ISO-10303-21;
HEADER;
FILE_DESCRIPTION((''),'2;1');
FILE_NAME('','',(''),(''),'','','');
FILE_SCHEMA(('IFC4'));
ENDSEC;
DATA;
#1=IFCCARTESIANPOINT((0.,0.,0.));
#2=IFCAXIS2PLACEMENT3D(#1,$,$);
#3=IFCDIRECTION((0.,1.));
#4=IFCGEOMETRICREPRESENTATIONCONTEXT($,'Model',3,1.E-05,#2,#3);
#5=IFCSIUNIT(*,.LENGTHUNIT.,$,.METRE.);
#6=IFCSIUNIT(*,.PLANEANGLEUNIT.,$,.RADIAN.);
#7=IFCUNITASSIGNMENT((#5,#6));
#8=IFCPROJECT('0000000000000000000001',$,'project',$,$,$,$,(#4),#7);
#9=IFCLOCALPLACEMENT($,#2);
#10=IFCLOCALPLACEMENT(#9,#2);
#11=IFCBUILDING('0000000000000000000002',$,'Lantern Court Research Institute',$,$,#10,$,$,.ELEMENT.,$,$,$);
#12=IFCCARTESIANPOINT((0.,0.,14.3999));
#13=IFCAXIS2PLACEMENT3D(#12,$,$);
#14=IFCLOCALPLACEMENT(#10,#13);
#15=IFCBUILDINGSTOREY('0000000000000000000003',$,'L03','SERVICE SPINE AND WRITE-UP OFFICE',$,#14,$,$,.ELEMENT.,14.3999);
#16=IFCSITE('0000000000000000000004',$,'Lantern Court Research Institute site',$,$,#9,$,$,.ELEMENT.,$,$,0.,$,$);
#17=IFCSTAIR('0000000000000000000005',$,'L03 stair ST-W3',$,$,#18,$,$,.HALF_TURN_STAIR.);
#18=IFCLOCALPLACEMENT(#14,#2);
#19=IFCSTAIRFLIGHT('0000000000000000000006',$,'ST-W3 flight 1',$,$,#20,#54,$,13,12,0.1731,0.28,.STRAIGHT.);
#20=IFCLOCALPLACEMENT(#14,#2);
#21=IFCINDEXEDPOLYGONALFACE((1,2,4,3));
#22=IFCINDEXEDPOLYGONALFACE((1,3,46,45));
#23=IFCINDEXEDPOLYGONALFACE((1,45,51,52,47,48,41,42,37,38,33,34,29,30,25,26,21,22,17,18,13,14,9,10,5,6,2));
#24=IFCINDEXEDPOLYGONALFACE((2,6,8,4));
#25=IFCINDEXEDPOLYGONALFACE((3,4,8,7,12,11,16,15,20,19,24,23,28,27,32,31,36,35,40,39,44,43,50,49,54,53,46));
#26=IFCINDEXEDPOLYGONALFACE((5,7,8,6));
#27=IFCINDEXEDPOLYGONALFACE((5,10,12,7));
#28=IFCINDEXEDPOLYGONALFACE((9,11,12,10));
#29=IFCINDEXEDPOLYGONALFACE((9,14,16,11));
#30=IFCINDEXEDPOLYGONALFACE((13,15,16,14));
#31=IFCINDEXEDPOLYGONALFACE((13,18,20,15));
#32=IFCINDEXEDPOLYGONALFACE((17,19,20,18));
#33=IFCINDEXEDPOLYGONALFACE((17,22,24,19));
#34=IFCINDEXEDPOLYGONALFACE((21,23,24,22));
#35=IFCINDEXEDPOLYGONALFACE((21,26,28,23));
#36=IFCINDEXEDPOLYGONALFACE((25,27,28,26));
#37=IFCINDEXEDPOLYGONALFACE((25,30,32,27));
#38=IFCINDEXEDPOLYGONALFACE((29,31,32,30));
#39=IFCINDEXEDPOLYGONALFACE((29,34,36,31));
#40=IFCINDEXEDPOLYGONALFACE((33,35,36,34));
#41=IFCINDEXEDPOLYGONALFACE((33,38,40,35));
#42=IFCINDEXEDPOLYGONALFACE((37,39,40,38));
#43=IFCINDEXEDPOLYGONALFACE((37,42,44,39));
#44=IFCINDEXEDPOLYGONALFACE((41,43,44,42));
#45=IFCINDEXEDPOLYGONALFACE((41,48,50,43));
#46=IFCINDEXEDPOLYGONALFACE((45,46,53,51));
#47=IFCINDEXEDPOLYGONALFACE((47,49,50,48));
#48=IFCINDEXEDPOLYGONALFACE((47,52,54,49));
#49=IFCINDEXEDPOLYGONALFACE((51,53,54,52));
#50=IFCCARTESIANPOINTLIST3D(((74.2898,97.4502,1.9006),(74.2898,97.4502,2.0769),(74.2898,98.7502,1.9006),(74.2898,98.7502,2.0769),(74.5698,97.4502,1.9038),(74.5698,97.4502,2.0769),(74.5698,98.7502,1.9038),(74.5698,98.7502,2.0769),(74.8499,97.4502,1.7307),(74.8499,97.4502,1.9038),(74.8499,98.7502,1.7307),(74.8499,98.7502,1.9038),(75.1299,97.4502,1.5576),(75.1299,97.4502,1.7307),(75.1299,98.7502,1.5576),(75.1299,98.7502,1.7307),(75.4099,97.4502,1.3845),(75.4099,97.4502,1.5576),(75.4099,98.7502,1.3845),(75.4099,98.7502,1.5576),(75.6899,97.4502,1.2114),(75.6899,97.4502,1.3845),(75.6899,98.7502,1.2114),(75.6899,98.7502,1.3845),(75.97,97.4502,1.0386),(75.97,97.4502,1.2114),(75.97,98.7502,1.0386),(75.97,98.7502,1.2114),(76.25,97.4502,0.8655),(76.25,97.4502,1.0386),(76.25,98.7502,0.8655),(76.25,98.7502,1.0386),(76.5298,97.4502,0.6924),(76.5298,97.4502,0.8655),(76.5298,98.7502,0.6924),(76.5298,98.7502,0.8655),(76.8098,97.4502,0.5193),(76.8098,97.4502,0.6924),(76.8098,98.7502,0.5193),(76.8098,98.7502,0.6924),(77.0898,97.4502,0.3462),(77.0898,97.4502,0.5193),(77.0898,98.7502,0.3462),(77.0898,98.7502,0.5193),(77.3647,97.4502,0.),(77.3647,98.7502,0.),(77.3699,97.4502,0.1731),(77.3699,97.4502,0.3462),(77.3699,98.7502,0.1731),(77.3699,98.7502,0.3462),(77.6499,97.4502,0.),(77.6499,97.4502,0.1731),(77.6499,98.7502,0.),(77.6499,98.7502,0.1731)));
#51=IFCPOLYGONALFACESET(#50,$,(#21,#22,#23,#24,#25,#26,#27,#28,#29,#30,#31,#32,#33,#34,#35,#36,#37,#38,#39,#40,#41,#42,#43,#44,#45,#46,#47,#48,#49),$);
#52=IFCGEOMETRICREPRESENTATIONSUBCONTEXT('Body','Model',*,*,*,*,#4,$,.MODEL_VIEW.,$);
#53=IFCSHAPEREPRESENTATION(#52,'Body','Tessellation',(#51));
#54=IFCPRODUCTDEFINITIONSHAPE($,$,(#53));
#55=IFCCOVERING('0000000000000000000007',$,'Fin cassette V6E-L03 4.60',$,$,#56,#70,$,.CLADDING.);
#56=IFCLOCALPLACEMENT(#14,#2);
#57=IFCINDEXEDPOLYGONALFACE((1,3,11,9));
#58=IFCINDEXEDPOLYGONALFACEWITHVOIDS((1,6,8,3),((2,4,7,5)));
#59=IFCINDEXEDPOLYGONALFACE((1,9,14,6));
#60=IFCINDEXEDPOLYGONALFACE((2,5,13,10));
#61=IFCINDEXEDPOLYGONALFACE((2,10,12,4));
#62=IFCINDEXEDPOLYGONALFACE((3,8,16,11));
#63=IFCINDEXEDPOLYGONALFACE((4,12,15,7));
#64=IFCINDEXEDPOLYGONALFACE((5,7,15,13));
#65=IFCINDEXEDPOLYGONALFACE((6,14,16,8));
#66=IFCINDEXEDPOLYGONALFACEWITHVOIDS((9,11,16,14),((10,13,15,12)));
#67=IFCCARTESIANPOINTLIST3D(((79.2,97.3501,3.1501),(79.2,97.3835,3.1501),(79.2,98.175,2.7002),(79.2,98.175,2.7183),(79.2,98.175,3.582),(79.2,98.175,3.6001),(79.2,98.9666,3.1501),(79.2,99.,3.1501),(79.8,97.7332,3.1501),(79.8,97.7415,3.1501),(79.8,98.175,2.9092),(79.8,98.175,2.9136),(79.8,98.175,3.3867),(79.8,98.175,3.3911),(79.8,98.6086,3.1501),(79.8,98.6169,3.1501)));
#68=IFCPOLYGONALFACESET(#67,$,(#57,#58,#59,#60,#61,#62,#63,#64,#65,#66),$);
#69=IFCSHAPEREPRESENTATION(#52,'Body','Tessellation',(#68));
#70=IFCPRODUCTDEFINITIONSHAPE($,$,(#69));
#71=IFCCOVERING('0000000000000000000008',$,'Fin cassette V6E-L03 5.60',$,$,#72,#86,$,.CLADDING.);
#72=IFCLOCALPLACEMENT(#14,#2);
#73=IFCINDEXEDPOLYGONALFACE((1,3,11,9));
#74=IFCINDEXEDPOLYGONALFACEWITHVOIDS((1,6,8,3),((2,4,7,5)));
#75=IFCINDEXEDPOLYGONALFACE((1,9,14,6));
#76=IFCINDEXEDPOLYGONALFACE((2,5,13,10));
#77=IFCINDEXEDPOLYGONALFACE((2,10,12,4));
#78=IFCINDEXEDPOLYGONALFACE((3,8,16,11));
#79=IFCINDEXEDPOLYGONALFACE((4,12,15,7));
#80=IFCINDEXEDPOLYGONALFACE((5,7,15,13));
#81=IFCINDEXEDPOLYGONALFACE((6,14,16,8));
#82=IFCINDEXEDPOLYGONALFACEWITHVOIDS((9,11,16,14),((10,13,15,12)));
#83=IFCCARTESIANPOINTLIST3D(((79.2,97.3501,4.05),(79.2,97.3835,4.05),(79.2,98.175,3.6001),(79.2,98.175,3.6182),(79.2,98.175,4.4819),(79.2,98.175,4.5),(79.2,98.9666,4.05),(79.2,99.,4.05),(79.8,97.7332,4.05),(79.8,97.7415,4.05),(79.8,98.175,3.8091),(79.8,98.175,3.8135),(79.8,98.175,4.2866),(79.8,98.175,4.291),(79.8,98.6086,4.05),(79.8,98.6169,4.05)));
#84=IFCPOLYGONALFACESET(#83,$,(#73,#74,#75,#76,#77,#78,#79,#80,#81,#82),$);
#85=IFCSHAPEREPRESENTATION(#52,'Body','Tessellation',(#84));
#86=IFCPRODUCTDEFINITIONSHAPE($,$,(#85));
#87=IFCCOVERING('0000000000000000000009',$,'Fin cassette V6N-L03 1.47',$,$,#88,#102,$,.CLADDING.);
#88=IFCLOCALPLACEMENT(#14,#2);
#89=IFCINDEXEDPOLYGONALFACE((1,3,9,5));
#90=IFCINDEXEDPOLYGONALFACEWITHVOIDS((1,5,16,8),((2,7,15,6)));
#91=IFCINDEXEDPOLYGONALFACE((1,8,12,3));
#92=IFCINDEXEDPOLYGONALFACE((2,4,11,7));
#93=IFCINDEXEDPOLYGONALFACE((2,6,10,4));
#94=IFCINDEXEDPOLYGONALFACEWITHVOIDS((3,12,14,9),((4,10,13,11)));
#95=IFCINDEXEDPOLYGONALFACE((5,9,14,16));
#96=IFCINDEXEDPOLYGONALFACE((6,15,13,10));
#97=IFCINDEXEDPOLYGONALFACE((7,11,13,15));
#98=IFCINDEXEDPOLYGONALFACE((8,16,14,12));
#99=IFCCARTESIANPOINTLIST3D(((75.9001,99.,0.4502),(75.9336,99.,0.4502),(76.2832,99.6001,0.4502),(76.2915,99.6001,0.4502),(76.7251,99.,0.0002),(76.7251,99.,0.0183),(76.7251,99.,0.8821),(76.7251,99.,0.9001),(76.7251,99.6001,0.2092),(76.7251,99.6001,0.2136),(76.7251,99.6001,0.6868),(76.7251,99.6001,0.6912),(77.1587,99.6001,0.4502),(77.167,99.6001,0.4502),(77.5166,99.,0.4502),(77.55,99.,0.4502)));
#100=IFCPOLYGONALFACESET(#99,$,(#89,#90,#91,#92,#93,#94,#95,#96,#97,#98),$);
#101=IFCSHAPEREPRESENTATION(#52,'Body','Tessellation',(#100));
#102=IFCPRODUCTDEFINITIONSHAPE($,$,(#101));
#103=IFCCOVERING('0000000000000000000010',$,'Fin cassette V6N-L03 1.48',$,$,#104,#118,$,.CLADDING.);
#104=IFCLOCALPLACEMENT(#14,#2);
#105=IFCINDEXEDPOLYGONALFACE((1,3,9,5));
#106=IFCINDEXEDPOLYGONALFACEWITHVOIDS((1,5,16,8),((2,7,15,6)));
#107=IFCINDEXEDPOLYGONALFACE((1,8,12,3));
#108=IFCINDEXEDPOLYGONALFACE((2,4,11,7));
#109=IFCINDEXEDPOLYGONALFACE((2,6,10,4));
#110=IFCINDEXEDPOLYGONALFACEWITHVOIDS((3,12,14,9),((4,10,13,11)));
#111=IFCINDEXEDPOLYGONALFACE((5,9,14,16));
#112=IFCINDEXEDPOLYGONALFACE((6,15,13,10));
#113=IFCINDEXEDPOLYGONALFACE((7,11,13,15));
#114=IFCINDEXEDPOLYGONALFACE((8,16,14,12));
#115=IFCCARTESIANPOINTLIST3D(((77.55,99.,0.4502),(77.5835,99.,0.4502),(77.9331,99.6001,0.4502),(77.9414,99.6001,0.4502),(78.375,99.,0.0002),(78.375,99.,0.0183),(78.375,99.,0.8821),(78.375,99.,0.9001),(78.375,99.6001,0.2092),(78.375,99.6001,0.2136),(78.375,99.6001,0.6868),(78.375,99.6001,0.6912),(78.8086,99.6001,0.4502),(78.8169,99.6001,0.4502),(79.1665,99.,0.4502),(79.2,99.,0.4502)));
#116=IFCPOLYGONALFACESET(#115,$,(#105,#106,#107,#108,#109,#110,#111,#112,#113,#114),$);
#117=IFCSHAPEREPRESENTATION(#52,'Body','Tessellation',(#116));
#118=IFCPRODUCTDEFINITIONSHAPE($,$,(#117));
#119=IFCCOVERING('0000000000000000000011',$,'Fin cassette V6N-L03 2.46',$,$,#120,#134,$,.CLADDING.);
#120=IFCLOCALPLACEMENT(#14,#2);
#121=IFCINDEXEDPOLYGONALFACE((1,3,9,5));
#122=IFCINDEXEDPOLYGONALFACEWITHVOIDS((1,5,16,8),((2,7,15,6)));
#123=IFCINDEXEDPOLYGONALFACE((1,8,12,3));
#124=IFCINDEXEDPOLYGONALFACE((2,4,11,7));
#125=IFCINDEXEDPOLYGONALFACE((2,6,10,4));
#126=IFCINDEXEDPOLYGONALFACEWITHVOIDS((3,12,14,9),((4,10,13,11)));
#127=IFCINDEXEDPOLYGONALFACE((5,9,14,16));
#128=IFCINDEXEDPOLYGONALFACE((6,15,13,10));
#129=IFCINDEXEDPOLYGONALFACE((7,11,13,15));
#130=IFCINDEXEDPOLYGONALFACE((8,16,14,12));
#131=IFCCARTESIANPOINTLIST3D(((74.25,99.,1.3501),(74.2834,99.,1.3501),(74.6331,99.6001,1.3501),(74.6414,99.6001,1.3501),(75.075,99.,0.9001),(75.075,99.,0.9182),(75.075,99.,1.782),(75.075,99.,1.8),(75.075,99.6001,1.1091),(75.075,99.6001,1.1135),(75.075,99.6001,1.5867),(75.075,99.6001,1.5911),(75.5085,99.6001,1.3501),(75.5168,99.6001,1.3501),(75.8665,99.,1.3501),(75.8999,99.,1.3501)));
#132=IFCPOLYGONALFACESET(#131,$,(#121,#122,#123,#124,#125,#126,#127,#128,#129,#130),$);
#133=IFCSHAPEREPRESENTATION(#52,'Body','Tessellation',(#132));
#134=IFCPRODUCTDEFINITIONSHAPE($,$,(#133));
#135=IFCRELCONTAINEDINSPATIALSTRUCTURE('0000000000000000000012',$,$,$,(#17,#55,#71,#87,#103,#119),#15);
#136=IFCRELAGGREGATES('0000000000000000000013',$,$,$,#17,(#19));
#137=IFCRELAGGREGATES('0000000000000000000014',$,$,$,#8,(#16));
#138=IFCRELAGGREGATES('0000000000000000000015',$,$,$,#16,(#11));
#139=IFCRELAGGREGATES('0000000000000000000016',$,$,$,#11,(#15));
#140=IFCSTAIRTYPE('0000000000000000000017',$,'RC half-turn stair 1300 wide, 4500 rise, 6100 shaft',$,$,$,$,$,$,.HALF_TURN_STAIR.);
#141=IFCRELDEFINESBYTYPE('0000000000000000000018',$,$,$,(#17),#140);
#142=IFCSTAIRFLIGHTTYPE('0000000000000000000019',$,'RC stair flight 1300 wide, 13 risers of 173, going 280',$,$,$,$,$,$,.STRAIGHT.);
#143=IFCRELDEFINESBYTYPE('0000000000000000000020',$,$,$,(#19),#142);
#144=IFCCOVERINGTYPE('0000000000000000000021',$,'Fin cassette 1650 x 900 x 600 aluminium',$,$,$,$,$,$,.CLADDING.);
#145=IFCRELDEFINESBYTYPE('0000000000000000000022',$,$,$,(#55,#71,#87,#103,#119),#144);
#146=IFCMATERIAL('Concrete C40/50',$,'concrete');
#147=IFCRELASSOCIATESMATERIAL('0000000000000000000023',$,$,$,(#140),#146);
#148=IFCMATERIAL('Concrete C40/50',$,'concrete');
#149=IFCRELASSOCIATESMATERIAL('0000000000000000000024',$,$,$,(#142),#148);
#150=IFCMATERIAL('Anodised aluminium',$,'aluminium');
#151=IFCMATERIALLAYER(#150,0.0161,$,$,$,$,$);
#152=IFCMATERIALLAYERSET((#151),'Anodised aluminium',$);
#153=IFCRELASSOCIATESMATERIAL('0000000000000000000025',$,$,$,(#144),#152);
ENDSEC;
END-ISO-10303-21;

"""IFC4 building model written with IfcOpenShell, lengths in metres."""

from ifc_helpers import new_model, entity, si_unit, direction, frame, origin, place, context, subcontext, project, spatial, polyline, outline, extrude, material, layer, layer_set, type_object, element, aggregate, save


model = new_model("IFC4")

# Units and contexts
model_context = context("Model", 3, precision=1e-05, world=origin(), true_north=direction((0.0, 1.0)))
body_context = subcontext(model_context, "Body", "Model", "MODEL_VIEW")
ifc_project = project(units=[si_unit("LENGTHUNIT", "METRE"), si_unit("PLANEANGLEUNIT", "RADIAN")], contexts=[model_context])

# Site, building, storey
site_placement = place(None, origin())
site = spatial("IfcSite", under=ifc_project, at=site_placement, Name="Lantern Court Research Institute site", CompositionType="ELEMENT", RefElevation=0.0)
building_placement = place(site_placement, origin())
building = spatial("IfcBuilding", under=site, at=building_placement, Name="Lantern Court Research Institute", CompositionType="ELEMENT")
storey_placement = place(building_placement, frame((0.0, 0.0, 14.3999)))
storey = spatial("IfcBuildingStorey", under=building, at=storey_placement, Name="L03", Description="SERVICE SPINE AND WRITE-UP OFFICE", CompositionType="ELEMENT", Elevation=14.3999)

# Stair, stair flight
ifc_material_1 = material(Name="Concrete C40/50", Category="concrete")
stair_type = type_object("IfcStairType", Name="RC half-turn stair 1300 wide, 4500 rise, 6100 shaft", PredefinedType="HALF_TURN_STAIR", material=ifc_material_1)
stair_placement = place(storey_placement, origin())
stair = element("IfcStair", 1, at=stair_placement, inside=storey, type_object=stair_type, Name="L03 stair ST-W3", PredefinedType="HALF_TURN_STAIR")
ifc_material_2 = material(Name="Concrete C40/50", Category="concrete")
stair_flight_type = type_object("IfcStairFlightType", Name="RC stair flight 1300 wide, 13 risers of 173, going 280", PredefinedType="STRAIGHT", material=ifc_material_2)
stair_flight_placement = place(storey_placement, frame((77.6499, 98.1001, 0.0), z_axis=(0.0, 0.0, 1.0), x_axis=(-1.0, 0.0, 0.0)))
stair_flight = element("IfcStairFlight", 2, at=stair_flight_placement, type_object=stair_flight_type, Name="ST-W3 flight 1", NumberOfRisers=13, NumberOfTreads=12, PredefinedType="STRAIGHT", RiserHeight=0.1731, TreadLength=0.28, context=body_context, shape_type="SweptSolid", body=[
    extrude(outline(polyline([(0.0, 0.0), (0.0, 0.1731), (0.28, 0.1731), (0.28, 0.3462), (0.5601, 0.3462), (0.5601, 0.5193), (0.8401, 0.5193), (0.8401, 0.6924), (1.1201, 0.6924), (1.1201, 0.8655), (1.3999, 0.8655), (1.3999, 1.0386), (1.6799, 1.0386), (1.6799, 1.2114), (1.96, 1.2114), (1.96, 1.3845), (2.24, 1.3845), (2.24, 1.5576), (2.52, 1.5576), (2.52, 1.7307), (2.8, 1.7307), (2.8, 1.9038), (3.0801, 1.9038), (3.0801, 2.0769), (3.3601, 2.0769), (3.3601, 2.25), (3.3601, 1.9006), (0.2852, 0.0), (0.0, 0.0)])), frame((0.0, 0.6499, 0.0), z_axis=(0.0, -1.0, 0.0), x_axis=(1.0, 0.0, 0.0)), (0.0, 0.0, 1.0), 1.3),
])
aggregate(stair, [stair_flight])

# Coverings
ifc_material_3 = material(Name="Anodised aluminium", Category="aluminium")
ifc_layer = layer(ifc_material_3, 0.0161)
ifc_layer_set = layer_set([ifc_layer], Name="Anodised aluminium")
covering_type = type_object("IfcCoveringType", Name="Fin cassette 1650 x 900 x 600 aluminium", PredefinedType="CLADDING", material=ifc_layer_set)
covering_1_placement = place(storey_placement, frame((79.2, 98.175, 3.1501), z_axis=(1.0, 0.0, 0.0), x_axis=(0.0, 1.0, 0.0)))
cartesian_point_1 = entity("IfcCartesianPoint", [0.825, 0.0])
cartesian_point_2 = entity("IfcCartesianPoint", [0.7915, 0.0])
cartesian_point_3 = entity("IfcCartesianPoint", [0.4419, 0.0])
cartesian_point_4 = entity("IfcCartesianPoint", [0.4336, 0.0])
element("IfcCovering", 3, at=covering_1_placement, inside=storey, type_object=covering_type, Name="Fin cassette V6E-L03 4.60", PredefinedType="CLADDING", context=body_context, shape_type="SweptSolid", body=[
    entity("IfcExtrudedAreaSolidTapered", entity("IfcArbitraryProfileDefWithVoids", "AREA", None, entity("IfcPolyline", [cartesian_point_1, entity("IfcCartesianPoint", [0.0, 0.45]), entity("IfcCartesianPoint", [-0.825, 0.0]), entity("IfcCartesianPoint", [0.0, -0.45]), cartesian_point_1]), [entity("IfcPolyline", [cartesian_point_2, entity("IfcCartesianPoint", [0.0, 0.4319]), entity("IfcCartesianPoint", [-0.7915, 0.0]), entity("IfcCartesianPoint", [0.0, -0.4319]), cartesian_point_2])]), entity("IfcAxis2Placement3D", entity("IfcCartesianPoint", [0.0, 0.0, 0.0])), entity("IfcDirection", [0.0, 0.0, 1.0]), 0.6001, entity("IfcArbitraryProfileDefWithVoids", "AREA", None, entity("IfcPolyline", [cartesian_point_3, entity("IfcCartesianPoint", [0.0, 0.241]), entity("IfcCartesianPoint", [-0.4419, 0.0]), entity("IfcCartesianPoint", [0.0, -0.241]), cartesian_point_3]), [entity("IfcPolyline", [cartesian_point_4, entity("IfcCartesianPoint", [0.0, 0.2366]), entity("IfcCartesianPoint", [-0.4336, 0.0]), entity("IfcCartesianPoint", [0.0, -0.2366]), cartesian_point_4])])),
])
covering_2_placement = place(storey_placement, frame((79.2, 98.175, 4.05), z_axis=(1.0, 0.0, 0.0), x_axis=(0.0, 1.0, 0.0)))
cartesian_point_5 = entity("IfcCartesianPoint", [0.825, 0.0])
cartesian_point_6 = entity("IfcCartesianPoint", [0.7915, 0.0])
cartesian_point_7 = entity("IfcCartesianPoint", [0.4419, 0.0])
cartesian_point_8 = entity("IfcCartesianPoint", [0.4336, 0.0])
element("IfcCovering", 4, at=covering_2_placement, inside=storey, type_object=covering_type, Name="Fin cassette V6E-L03 5.60", PredefinedType="CLADDING", context=body_context, shape_type="SweptSolid", body=[
    entity("IfcExtrudedAreaSolidTapered", entity("IfcArbitraryProfileDefWithVoids", "AREA", None, entity("IfcPolyline", [cartesian_point_5, entity("IfcCartesianPoint", [0.0, 0.45]), entity("IfcCartesianPoint", [-0.825, 0.0]), entity("IfcCartesianPoint", [0.0, -0.45]), cartesian_point_5]), [entity("IfcPolyline", [cartesian_point_6, entity("IfcCartesianPoint", [0.0, 0.4319]), entity("IfcCartesianPoint", [-0.7915, 0.0]), entity("IfcCartesianPoint", [0.0, -0.4319]), cartesian_point_6])]), entity("IfcAxis2Placement3D", entity("IfcCartesianPoint", [0.0, 0.0, 0.0])), entity("IfcDirection", [0.0, 0.0, 1.0]), 0.6001, entity("IfcArbitraryProfileDefWithVoids", "AREA", None, entity("IfcPolyline", [cartesian_point_7, entity("IfcCartesianPoint", [0.0, 0.241]), entity("IfcCartesianPoint", [-0.4419, 0.0]), entity("IfcCartesianPoint", [0.0, -0.241]), cartesian_point_7]), [entity("IfcPolyline", [cartesian_point_8, entity("IfcCartesianPoint", [0.0, 0.2366]), entity("IfcCartesianPoint", [-0.4336, 0.0]), entity("IfcCartesianPoint", [0.0, -0.2366]), cartesian_point_8])])),
])
covering_3_placement = place(storey_placement, frame((76.7251, 99.0, 0.4502), z_axis=(0.0, 1.0, 0.0), x_axis=(-1.0, 0.0, 0.0)))
cartesian_point_9 = entity("IfcCartesianPoint", [0.825, 0.0])
cartesian_point_10 = entity("IfcCartesianPoint", [0.7915, 0.0])
cartesian_point_11 = entity("IfcCartesianPoint", [0.4419, 0.0])
cartesian_point_12 = entity("IfcCartesianPoint", [0.4336, 0.0])
element("IfcCovering", 5, at=covering_3_placement, inside=storey, type_object=covering_type, Name="Fin cassette V6N-L03 1.47", PredefinedType="CLADDING", context=body_context, shape_type="SweptSolid", body=[
    entity("IfcExtrudedAreaSolidTapered", entity("IfcArbitraryProfileDefWithVoids", "AREA", None, entity("IfcPolyline", [cartesian_point_9, entity("IfcCartesianPoint", [0.0, 0.45]), entity("IfcCartesianPoint", [-0.825, 0.0]), entity("IfcCartesianPoint", [0.0, -0.45]), cartesian_point_9]), [entity("IfcPolyline", [cartesian_point_10, entity("IfcCartesianPoint", [0.0, 0.4319]), entity("IfcCartesianPoint", [-0.7915, 0.0]), entity("IfcCartesianPoint", [0.0, -0.4319]), cartesian_point_10])]), entity("IfcAxis2Placement3D", entity("IfcCartesianPoint", [0.0, 0.0, 0.0])), entity("IfcDirection", [0.0, 0.0, 1.0]), 0.6001, entity("IfcArbitraryProfileDefWithVoids", "AREA", None, entity("IfcPolyline", [cartesian_point_11, entity("IfcCartesianPoint", [0.0, 0.241]), entity("IfcCartesianPoint", [-0.4419, 0.0]), entity("IfcCartesianPoint", [0.0, -0.241]), cartesian_point_11]), [entity("IfcPolyline", [cartesian_point_12, entity("IfcCartesianPoint", [0.0, 0.2366]), entity("IfcCartesianPoint", [-0.4336, 0.0]), entity("IfcCartesianPoint", [0.0, -0.2366]), cartesian_point_12])])),
])
covering_4_placement = place(storey_placement, frame((78.375, 99.0, 0.4502), z_axis=(0.0, 1.0, 0.0), x_axis=(-1.0, 0.0, 0.0)))
cartesian_point_13 = entity("IfcCartesianPoint", [0.825, 0.0])
cartesian_point_14 = entity("IfcCartesianPoint", [0.7915, 0.0])
cartesian_point_15 = entity("IfcCartesianPoint", [0.4419, 0.0])
cartesian_point_16 = entity("IfcCartesianPoint", [0.4336, 0.0])
element("IfcCovering", 6, at=covering_4_placement, inside=storey, type_object=covering_type, Name="Fin cassette V6N-L03 1.48", PredefinedType="CLADDING", context=body_context, shape_type="SweptSolid", body=[
    entity("IfcExtrudedAreaSolidTapered", entity("IfcArbitraryProfileDefWithVoids", "AREA", None, entity("IfcPolyline", [cartesian_point_13, entity("IfcCartesianPoint", [0.0, 0.45]), entity("IfcCartesianPoint", [-0.825, 0.0]), entity("IfcCartesianPoint", [0.0, -0.45]), cartesian_point_13]), [entity("IfcPolyline", [cartesian_point_14, entity("IfcCartesianPoint", [0.0, 0.4319]), entity("IfcCartesianPoint", [-0.7915, 0.0]), entity("IfcCartesianPoint", [0.0, -0.4319]), cartesian_point_14])]), entity("IfcAxis2Placement3D", entity("IfcCartesianPoint", [0.0, 0.0, 0.0])), entity("IfcDirection", [0.0, 0.0, 1.0]), 0.6001, entity("IfcArbitraryProfileDefWithVoids", "AREA", None, entity("IfcPolyline", [cartesian_point_15, entity("IfcCartesianPoint", [0.0, 0.241]), entity("IfcCartesianPoint", [-0.4419, 0.0]), entity("IfcCartesianPoint", [0.0, -0.241]), cartesian_point_15]), [entity("IfcPolyline", [cartesian_point_16, entity("IfcCartesianPoint", [0.0, 0.2366]), entity("IfcCartesianPoint", [-0.4336, 0.0]), entity("IfcCartesianPoint", [0.0, -0.2366]), cartesian_point_16])])),
])
covering_5_placement = place(storey_placement, frame((75.075, 99.0, 1.3501), z_axis=(0.0, 1.0, 0.0), x_axis=(-1.0, 0.0, 0.0)))
cartesian_point_17 = entity("IfcCartesianPoint", [0.825, 0.0])
cartesian_point_18 = entity("IfcCartesianPoint", [0.7915, 0.0])
cartesian_point_19 = entity("IfcCartesianPoint", [0.4419, 0.0])
cartesian_point_20 = entity("IfcCartesianPoint", [0.4336, 0.0])
element("IfcCovering", 7, at=covering_5_placement, inside=storey, type_object=covering_type, Name="Fin cassette V6N-L03 2.46", PredefinedType="CLADDING", context=body_context, shape_type="SweptSolid", body=[
    entity("IfcExtrudedAreaSolidTapered", entity("IfcArbitraryProfileDefWithVoids", "AREA", None, entity("IfcPolyline", [cartesian_point_17, entity("IfcCartesianPoint", [0.0, 0.45]), entity("IfcCartesianPoint", [-0.825, 0.0]), entity("IfcCartesianPoint", [0.0, -0.45]), cartesian_point_17]), [entity("IfcPolyline", [cartesian_point_18, entity("IfcCartesianPoint", [0.0, 0.4319]), entity("IfcCartesianPoint", [-0.7915, 0.0]), entity("IfcCartesianPoint", [0.0, -0.4319]), cartesian_point_18])]), entity("IfcAxis2Placement3D", entity("IfcCartesianPoint", [0.0, 0.0, 0.0])), entity("IfcDirection", [0.0, 0.0, 1.0]), 0.6001, entity("IfcArbitraryProfileDefWithVoids", "AREA", None, entity("IfcPolyline", [cartesian_point_19, entity("IfcCartesianPoint", [0.0, 0.241]), entity("IfcCartesianPoint", [-0.4419, 0.0]), entity("IfcCartesianPoint", [0.0, -0.241]), cartesian_point_19]), [entity("IfcPolyline", [cartesian_point_20, entity("IfcCartesianPoint", [0.0, 0.2366]), entity("IfcCartesianPoint", [-0.4336, 0.0]), entity("IfcCartesianPoint", [0.0, -0.2366]), cartesian_point_20])])),
])

save(model, "model.ifc")
